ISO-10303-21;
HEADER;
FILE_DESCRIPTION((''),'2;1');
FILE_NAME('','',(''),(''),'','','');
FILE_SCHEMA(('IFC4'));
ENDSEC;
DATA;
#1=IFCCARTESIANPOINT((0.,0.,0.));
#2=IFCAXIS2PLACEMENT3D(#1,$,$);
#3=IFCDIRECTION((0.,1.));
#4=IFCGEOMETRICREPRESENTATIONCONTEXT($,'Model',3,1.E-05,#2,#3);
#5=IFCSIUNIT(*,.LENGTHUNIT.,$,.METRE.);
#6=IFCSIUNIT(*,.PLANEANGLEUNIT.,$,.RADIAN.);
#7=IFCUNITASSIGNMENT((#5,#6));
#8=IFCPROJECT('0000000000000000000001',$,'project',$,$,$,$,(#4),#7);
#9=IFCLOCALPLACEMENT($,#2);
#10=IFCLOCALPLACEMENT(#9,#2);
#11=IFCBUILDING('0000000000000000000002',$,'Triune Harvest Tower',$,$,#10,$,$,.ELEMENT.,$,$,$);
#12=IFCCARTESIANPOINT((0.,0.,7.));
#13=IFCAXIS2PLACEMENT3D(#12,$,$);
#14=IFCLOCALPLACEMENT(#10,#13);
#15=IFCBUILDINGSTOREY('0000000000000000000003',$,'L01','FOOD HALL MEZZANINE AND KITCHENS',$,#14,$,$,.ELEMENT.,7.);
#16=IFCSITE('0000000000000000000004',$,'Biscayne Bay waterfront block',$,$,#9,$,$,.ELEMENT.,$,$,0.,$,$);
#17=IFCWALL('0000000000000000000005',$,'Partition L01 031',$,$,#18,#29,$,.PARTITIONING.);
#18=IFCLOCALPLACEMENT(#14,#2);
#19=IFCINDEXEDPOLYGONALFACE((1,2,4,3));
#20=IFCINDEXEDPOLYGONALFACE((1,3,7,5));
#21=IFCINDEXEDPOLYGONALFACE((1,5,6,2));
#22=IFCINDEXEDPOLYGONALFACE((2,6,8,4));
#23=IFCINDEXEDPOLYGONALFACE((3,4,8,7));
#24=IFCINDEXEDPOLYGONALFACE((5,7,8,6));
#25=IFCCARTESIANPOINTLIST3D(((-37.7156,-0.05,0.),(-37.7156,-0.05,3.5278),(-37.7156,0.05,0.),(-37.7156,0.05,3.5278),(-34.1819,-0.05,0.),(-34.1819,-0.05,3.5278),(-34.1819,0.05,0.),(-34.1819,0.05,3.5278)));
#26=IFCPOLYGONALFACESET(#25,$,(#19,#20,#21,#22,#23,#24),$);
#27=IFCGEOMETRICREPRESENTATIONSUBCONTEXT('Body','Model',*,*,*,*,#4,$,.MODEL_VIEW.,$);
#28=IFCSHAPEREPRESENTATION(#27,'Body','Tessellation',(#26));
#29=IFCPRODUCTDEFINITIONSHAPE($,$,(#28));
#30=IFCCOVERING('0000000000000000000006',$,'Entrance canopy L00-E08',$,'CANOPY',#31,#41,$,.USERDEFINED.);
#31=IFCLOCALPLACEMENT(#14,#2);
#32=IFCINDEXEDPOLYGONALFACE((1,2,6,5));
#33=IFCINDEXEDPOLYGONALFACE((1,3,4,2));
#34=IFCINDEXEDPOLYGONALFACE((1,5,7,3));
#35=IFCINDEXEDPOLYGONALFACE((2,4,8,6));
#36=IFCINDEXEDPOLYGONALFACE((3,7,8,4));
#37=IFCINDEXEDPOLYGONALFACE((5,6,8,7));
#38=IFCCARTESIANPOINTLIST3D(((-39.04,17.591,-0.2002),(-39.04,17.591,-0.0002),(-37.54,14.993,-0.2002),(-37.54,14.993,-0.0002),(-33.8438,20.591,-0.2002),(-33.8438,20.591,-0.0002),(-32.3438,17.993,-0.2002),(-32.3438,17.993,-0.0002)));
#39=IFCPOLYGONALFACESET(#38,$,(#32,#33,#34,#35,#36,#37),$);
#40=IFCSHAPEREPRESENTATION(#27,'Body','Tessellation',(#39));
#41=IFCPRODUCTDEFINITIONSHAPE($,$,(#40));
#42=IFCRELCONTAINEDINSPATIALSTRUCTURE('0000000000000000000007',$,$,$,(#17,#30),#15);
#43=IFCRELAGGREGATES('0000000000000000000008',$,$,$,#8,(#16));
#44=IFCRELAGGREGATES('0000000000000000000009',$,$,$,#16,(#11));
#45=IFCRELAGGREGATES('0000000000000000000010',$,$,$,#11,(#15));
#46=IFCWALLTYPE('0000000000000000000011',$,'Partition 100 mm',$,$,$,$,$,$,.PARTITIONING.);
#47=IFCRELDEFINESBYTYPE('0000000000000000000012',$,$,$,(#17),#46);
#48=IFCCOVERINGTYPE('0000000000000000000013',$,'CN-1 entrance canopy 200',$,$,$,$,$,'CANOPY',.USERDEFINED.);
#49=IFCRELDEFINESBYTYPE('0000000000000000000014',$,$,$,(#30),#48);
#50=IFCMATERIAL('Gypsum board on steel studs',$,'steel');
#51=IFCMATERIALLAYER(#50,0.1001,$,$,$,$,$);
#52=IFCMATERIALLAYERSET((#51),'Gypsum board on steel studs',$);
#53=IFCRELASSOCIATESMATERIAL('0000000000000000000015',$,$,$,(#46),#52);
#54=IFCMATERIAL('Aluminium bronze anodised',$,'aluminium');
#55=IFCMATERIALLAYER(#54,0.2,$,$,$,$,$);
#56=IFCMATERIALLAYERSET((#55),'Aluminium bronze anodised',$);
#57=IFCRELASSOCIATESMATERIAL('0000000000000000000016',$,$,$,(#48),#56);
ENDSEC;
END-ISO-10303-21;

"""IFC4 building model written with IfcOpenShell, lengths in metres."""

from ifc_helpers import new_model, si_unit, direction, frame, frame_2d, origin, origin_2d, place, context, subcontext, project, spatial, rectangle, extrude, source, transform, mapped, material, layer, layer_set, type_object, element, save


model = new_model("IFC4")

# Units and contexts
model_context = context("Model", 3, precision=1e-05, world=origin(), true_north=direction((0.0, 1.0)))
body_context = subcontext(model_context, "Body", "Model", "MODEL_VIEW")
ifc_project = project(units=[si_unit("LENGTHUNIT", "METRE"), si_unit("PLANEANGLEUNIT", "RADIAN")], contexts=[model_context])

# Site, building, storey
site_placement = place(None, origin())
site = spatial("IfcSite", under=ifc_project, at=site_placement, Name="Biscayne Bay waterfront block", CompositionType="ELEMENT", RefElevation=0.0)
building_placement = place(site_placement, origin())
building = spatial("IfcBuilding", under=site, at=building_placement, Name="Triune Harvest Tower", CompositionType="ELEMENT")
storey_placement = place(building_placement, frame((0.0, 0.0, 7.0)))
storey = spatial("IfcBuildingStorey", under=building, at=storey_placement, Name="L01", Description="FOOD HALL MEZZANINE AND KITCHENS", CompositionType="ELEMENT", Elevation=7.0)

# Wall
ifc_material_1 = material(Name="Gypsum board on steel studs", Category="steel")
ifc_layer_1 = layer(ifc_material_1, 0.1001)
ifc_layer_set_1 = layer_set([ifc_layer_1], Name="Gypsum board on steel studs")
wall_type_1 = type_object("IfcWallType", Name="Partition 100 mm", PredefinedType="PARTITIONING", material=ifc_layer_set_1)
wall_1_placement = place(storey_placement, frame((-37.7156, 0.0, 0.0), z_axis=(0.0, 0.0, 1.0), x_axis=(1.0, 0.0, 0.0)))
element("IfcWall", 1, at=wall_1_placement, inside=storey, type_object=wall_type_1, Name="Partition L01 031", PredefinedType="PARTITIONING", context=body_context, shape_type="SweptSolid", body=[
    extrude(rectangle(XDim=3.5337, YDim=0.1001, at=frame_2d((1.7668, 0.0))), origin(), (0.0, 0.0, 1.0), 3.5278),
])

# Covering
ifc_material_2 = material(Name="Aluminium bronze anodised", Category="aluminium")
ifc_layer_2 = layer(ifc_material_2, 0.2)
ifc_layer_set_2 = layer_set([ifc_layer_2], Name="Aluminium bronze anodised")
covering_type = type_object("IfcCoveringType", Name="CN-1 entrance canopy 200", ElementType="CANOPY", PredefinedType="USERDEFINED", material=ifc_layer_set_2)
shared_shape_1 = source(origin(), body_context, "Body", "SweptSolid", [
    extrude(rectangle(XDim=3.0, YDim=6.0, at=origin_2d()), origin(), (0.0, 0.0, 1.0), 0.2),
])
covering_placement = place(storey_placement, frame((-35.6919, 17.792, -0.2002), z_axis=(0.0, 0.0, 1.0), x_axis=(-0.5, 0.866025, 0.0)))
element("IfcCovering", 2, at=covering_placement, inside=storey, type_object=covering_type, Name="Entrance canopy L00-E08", ObjectType="CANOPY", PredefinedType="USERDEFINED", context=body_context, shape_type="MappedRepresentation", body=[
    mapped(shared_shape_1, transform((0.0, 0.0, 0.0), scale=1.0)),
])

save(model, "model.ifc")
